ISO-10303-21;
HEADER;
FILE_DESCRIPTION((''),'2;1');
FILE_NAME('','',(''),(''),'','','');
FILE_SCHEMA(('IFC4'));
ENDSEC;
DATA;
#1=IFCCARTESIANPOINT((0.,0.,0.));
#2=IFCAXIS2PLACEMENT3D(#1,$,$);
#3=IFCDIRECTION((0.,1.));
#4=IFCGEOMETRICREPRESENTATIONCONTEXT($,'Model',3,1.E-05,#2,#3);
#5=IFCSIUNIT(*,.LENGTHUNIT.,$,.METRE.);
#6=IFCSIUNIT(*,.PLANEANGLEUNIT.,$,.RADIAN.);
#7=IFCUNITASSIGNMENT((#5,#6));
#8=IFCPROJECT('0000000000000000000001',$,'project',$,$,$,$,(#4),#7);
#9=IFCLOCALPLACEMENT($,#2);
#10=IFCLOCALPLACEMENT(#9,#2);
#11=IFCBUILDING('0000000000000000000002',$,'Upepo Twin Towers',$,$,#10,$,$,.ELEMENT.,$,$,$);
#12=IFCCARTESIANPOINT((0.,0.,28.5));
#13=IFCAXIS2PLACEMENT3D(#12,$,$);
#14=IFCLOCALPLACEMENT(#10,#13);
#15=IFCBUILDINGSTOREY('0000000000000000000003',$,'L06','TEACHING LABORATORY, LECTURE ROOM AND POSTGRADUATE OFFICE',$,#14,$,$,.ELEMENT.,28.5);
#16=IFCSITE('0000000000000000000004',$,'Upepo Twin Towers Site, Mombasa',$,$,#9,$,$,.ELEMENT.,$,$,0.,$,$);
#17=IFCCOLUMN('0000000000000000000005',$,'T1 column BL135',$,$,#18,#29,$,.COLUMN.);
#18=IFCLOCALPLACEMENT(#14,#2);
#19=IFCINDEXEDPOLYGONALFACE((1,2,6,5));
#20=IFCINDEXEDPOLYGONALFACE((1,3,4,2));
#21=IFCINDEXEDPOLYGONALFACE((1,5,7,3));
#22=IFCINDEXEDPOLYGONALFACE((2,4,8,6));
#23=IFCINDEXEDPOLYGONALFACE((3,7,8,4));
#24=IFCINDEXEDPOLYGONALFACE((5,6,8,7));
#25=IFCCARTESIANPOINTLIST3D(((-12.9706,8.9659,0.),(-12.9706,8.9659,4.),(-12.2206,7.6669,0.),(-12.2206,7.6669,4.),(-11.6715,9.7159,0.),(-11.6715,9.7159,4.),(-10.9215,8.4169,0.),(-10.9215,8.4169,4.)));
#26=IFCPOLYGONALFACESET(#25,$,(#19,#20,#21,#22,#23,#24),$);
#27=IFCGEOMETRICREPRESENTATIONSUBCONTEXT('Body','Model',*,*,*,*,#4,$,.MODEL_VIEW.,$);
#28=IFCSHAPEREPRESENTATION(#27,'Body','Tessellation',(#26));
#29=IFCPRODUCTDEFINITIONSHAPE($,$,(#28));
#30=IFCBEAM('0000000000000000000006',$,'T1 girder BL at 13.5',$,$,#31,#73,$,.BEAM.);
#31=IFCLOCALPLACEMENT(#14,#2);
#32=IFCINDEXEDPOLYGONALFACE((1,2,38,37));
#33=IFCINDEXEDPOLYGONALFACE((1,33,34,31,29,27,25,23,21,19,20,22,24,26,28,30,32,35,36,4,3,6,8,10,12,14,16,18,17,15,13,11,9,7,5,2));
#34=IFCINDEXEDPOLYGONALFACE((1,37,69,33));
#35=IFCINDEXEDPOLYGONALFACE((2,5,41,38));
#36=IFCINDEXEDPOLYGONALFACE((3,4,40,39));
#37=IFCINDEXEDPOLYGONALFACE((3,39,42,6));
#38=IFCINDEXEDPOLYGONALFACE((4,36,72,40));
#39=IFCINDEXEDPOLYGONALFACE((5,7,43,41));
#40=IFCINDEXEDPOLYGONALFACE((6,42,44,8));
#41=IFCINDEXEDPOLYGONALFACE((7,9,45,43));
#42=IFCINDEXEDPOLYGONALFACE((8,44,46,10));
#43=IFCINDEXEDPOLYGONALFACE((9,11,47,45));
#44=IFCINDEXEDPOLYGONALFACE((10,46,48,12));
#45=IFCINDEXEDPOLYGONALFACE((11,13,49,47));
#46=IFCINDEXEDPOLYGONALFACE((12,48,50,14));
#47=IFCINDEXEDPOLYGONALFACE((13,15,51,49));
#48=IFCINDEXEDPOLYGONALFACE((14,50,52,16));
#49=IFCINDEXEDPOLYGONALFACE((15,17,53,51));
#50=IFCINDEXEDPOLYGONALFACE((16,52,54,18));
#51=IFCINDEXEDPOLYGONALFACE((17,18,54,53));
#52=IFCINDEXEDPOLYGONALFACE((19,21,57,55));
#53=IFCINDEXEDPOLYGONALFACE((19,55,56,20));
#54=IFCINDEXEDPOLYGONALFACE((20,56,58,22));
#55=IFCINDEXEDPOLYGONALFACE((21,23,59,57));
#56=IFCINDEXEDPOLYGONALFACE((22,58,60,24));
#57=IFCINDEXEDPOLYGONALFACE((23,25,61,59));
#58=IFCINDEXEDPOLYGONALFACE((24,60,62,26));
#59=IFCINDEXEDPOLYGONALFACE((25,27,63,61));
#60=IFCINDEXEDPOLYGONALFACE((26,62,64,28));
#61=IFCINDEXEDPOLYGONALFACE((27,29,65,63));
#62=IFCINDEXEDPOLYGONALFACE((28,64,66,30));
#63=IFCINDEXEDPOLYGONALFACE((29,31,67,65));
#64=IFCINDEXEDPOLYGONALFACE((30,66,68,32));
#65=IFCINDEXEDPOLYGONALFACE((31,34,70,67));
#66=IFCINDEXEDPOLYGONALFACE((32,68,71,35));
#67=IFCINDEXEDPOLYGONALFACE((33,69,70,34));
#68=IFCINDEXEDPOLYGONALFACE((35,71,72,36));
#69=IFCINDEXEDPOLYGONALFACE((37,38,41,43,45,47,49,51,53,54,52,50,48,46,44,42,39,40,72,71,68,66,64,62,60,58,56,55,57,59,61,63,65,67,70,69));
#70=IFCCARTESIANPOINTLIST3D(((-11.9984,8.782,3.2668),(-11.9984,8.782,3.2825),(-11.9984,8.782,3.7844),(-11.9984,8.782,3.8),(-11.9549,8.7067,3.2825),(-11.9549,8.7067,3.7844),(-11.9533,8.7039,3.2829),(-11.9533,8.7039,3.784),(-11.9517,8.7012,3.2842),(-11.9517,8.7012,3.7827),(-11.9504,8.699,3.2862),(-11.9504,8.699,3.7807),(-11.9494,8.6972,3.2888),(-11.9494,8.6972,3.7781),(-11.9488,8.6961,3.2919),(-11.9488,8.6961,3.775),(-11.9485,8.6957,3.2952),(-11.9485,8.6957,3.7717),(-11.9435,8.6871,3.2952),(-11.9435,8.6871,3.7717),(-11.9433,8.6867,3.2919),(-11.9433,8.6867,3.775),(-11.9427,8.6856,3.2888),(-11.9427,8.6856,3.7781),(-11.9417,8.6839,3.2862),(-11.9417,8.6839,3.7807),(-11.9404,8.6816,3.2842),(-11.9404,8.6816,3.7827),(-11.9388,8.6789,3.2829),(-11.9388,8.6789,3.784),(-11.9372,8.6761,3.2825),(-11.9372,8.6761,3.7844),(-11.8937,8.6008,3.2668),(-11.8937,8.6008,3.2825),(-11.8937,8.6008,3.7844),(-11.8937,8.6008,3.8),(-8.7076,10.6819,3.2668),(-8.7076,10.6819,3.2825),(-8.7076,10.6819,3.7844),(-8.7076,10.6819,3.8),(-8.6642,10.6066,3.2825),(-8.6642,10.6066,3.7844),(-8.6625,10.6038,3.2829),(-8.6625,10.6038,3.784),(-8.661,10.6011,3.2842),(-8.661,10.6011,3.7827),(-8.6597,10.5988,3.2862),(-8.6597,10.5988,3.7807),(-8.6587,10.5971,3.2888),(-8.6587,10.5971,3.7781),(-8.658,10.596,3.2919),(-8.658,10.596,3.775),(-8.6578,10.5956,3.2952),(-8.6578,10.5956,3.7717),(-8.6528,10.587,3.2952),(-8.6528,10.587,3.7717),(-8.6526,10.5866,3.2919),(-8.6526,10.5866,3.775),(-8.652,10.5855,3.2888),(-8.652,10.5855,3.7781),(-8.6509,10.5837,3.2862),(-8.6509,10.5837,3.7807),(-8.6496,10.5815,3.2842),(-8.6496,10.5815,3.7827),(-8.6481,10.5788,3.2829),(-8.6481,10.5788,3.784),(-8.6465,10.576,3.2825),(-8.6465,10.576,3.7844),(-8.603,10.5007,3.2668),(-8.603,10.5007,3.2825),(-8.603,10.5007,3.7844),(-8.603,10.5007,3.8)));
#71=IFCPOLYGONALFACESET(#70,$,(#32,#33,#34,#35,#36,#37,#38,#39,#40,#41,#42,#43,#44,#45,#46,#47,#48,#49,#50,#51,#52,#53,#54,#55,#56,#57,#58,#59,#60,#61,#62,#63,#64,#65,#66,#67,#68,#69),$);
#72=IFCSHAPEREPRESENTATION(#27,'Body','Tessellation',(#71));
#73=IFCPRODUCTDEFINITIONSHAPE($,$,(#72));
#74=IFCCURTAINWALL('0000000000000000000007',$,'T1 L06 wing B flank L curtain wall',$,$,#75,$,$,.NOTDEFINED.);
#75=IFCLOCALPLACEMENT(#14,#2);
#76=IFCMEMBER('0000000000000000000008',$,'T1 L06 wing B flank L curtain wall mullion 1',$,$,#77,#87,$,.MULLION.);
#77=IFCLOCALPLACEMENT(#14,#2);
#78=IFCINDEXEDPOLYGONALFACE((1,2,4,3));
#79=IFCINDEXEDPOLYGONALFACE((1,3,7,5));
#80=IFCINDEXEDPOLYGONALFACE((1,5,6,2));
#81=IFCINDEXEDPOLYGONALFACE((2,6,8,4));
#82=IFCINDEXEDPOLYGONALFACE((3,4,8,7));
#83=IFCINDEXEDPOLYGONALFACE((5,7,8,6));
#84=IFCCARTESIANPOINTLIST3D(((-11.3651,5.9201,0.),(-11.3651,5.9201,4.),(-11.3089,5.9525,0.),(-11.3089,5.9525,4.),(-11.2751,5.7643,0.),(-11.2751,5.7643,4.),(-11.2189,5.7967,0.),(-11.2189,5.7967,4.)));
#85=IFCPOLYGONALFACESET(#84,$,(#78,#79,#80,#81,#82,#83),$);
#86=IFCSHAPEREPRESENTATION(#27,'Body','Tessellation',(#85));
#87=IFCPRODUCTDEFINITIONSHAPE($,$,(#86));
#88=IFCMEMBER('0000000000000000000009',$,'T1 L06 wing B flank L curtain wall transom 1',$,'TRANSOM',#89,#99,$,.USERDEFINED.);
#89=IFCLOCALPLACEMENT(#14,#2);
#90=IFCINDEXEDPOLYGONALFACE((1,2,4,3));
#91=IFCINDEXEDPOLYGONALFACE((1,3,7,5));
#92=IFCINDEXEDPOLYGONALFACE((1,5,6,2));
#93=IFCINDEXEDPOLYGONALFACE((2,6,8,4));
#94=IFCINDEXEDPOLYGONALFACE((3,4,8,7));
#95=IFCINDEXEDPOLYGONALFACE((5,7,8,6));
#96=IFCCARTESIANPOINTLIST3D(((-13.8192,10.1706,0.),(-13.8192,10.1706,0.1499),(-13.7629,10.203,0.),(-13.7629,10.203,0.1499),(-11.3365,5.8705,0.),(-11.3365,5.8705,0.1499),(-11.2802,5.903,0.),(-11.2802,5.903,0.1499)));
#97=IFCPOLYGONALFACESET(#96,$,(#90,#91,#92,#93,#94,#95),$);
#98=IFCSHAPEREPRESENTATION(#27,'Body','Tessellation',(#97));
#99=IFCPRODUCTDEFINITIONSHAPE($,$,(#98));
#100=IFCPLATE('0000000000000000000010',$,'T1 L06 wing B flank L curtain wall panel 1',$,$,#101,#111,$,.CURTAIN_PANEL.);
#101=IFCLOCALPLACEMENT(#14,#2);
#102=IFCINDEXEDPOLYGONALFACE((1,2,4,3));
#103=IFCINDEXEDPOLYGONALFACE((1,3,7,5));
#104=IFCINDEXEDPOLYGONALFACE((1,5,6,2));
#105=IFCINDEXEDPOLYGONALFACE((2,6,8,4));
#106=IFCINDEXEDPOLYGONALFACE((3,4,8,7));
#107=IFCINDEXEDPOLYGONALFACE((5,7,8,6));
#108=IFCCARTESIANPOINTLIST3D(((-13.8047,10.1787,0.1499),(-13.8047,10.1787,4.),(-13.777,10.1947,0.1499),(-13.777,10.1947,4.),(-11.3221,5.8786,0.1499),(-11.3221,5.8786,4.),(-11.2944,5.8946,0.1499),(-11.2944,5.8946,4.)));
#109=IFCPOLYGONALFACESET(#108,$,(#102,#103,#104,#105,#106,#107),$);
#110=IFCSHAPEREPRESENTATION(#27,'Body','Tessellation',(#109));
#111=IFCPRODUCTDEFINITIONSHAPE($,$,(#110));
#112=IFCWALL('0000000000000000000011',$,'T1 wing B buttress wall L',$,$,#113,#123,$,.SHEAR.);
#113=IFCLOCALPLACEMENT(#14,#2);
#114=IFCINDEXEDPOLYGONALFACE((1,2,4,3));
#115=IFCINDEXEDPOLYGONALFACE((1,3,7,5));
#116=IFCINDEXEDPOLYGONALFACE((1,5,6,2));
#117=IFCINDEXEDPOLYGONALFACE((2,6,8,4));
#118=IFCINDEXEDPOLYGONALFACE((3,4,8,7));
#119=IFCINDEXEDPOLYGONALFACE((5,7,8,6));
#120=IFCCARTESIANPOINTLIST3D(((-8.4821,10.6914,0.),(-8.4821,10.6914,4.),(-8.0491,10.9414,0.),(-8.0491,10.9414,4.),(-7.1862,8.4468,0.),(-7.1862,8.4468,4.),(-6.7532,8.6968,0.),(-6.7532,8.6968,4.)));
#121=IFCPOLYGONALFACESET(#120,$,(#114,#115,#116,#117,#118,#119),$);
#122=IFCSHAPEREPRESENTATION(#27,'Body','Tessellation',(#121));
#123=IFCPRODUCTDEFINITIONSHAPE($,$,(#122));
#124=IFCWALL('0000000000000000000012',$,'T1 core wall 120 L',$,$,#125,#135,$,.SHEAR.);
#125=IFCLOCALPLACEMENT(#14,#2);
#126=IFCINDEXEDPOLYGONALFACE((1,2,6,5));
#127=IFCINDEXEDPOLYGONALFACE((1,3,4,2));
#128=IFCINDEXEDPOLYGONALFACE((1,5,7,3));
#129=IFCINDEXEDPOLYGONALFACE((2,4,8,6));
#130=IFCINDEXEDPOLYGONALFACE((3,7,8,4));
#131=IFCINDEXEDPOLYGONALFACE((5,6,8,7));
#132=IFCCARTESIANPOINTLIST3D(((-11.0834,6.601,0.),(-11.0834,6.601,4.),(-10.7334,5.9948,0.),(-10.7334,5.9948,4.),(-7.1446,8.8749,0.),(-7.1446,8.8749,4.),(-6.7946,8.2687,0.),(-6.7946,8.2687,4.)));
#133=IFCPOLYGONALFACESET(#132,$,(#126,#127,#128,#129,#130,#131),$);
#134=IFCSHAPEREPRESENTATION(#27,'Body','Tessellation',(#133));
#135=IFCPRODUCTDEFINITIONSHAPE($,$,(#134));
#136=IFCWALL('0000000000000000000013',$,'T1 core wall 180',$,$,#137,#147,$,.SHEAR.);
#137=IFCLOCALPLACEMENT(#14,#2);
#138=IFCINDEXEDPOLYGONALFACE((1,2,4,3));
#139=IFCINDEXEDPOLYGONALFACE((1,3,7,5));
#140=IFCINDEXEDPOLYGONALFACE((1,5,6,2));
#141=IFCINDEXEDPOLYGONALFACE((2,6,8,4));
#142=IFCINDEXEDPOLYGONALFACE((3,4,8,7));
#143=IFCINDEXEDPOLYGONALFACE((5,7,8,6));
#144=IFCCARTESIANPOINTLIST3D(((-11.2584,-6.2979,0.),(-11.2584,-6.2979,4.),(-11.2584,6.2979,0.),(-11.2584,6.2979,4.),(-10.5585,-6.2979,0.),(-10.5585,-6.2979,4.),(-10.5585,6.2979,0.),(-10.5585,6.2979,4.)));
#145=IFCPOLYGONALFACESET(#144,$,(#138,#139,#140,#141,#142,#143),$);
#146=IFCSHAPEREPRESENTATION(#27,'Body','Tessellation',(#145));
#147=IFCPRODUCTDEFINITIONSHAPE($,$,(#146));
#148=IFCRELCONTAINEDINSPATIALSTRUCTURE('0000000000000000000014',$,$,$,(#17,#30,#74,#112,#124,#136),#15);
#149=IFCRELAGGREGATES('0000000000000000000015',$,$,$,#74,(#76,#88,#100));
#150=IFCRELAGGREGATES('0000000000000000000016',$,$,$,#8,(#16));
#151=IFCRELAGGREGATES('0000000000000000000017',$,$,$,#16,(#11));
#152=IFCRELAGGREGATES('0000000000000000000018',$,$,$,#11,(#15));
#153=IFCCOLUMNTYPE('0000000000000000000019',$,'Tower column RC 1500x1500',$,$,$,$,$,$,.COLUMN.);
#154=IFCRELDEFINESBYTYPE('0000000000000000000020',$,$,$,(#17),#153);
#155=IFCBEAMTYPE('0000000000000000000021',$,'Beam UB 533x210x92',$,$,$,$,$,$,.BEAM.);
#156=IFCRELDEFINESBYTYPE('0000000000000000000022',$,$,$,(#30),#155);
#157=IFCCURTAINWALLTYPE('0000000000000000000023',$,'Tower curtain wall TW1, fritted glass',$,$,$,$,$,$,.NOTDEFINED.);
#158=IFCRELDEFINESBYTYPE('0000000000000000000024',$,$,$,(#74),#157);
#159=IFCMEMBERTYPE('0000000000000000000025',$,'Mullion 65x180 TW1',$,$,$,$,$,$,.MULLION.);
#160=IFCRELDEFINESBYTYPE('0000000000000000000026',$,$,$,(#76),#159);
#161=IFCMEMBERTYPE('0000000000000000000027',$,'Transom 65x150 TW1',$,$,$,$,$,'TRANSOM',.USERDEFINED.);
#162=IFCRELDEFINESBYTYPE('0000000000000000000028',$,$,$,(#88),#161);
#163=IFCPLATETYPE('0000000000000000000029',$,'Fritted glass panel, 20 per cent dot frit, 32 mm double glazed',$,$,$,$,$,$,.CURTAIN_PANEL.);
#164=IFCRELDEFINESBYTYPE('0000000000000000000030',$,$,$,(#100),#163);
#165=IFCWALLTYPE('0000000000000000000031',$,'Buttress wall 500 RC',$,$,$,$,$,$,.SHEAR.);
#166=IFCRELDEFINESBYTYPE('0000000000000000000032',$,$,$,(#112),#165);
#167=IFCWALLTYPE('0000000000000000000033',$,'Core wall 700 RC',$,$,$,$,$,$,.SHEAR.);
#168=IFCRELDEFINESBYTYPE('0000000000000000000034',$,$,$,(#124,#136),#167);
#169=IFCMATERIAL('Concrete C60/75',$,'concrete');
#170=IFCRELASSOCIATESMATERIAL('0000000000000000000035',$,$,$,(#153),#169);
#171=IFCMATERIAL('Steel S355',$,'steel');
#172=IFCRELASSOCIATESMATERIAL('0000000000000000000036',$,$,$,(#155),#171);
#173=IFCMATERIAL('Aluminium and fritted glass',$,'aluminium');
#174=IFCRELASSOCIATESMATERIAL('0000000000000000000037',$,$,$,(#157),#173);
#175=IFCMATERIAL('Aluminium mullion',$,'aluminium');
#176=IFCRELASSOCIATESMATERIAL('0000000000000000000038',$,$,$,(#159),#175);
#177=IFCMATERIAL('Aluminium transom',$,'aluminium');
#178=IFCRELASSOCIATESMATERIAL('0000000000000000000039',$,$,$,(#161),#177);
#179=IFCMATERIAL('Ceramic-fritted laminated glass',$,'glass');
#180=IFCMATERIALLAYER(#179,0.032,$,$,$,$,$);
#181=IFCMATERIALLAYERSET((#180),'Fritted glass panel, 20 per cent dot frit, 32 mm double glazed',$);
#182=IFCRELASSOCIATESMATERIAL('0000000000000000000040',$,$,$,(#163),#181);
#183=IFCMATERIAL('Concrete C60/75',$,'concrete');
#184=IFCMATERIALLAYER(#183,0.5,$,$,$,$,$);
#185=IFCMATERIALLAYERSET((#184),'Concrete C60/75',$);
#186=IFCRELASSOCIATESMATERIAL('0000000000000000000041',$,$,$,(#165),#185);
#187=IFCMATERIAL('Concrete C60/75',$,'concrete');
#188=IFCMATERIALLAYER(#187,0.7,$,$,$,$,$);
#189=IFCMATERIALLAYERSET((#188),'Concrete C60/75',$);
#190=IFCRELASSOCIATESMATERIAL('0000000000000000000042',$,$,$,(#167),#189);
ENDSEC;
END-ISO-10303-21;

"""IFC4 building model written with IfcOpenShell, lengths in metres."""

from ifc_helpers import new_model, si_unit, direction, frame, frame_2d, origin, origin_2d, place, context, subcontext, project, spatial, rectangle, i_section, extrude, material, layer, layer_set, material_profile, profile_set, type_object, element, aggregate, save


model = new_model("IFC4")

# Units and contexts
model_context = context("Model", 3, precision=1e-05, world=origin(), true_north=direction((0.0, 1.0)))
body_context = subcontext(model_context, "Body", "Model", "MODEL_VIEW")
ifc_project = project(units=[si_unit("LENGTHUNIT", "METRE"), si_unit("PLANEANGLEUNIT", "RADIAN")], contexts=[model_context])

# Site, building, storey
site_placement = place(None, origin())
site = spatial("IfcSite", under=ifc_project, at=site_placement, Name="Upepo Twin Towers Site, Mombasa", CompositionType="ELEMENT", RefElevation=0.0)
building_placement = place(site_placement, origin())
building = spatial("IfcBuilding", under=site, at=building_placement, Name="Upepo Twin Towers", CompositionType="ELEMENT")
storey_placement = place(building_placement, frame((0.0, 0.0, 28.5)))
storey = spatial("IfcBuildingStorey", under=building, at=storey_placement, Name="L06", Description="TEACHING LABORATORY, LECTURE ROOM AND POSTGRADUATE OFFICE", CompositionType="ELEMENT", Elevation=28.5)

# Column
ifc_material_1 = material(Name="Concrete C60/75", Category="concrete")
ifc_material_profile_1 = material_profile(ifc_material_1, rectangle(XDim=1.5, YDim=1.5, at=origin_2d()), Name="RC 1500x1500")
ifc_profile_set_1 = profile_set([ifc_material_profile_1], Name="Concrete C60/75")
column_type = type_object("IfcColumnType", Name="Tower column RC 1500x1500", PredefinedType="COLUMN", material=ifc_profile_set_1)
column_placement = place(storey_placement, frame((-11.946, 8.6914, 0.0), z_axis=(0.0, 0.0, 1.0), x_axis=(0.866025, 0.5, 0.0)))
element("IfcColumn", 1, at=column_placement, inside=storey, type_object=column_type, Name="T1 column BL135", PredefinedType="COLUMN", context=body_context, shape_type="SweptSolid", body=[
    extrude(rectangle(XDim=1.5, YDim=1.5, at=origin_2d()), origin(), (0.0, 0.0, 1.0), 4.0),
])

# Beam
ifc_material_2 = material(Name="Steel S355", Category="steel")
ifc_material_profile_2 = material_profile(ifc_material_2, i_section(OverallWidth=0.2092, OverallDepth=0.5332, WebThickness=0.01, FlangeThickness=0.0156, FilletRadius=0.0127, at=origin_2d()), Name="UB 533x210x92")
ifc_profile_set_2 = profile_set([ifc_material_profile_2], Name="Steel S355")
beam_type = type_object("IfcBeamType", Name="Beam UB 533x210x92", PredefinedType="BEAM", material=ifc_profile_set_2)
beam_placement = place(storey_placement, frame((-11.946, 8.6914, 3.5334), z_axis=(0.866028, 0.499995, 0.0), x_axis=(-0.499995, 0.866028, 0.0)))
element("IfcBeam", 2, at=beam_placement, inside=storey, type_object=beam_type, Name="T1 girder BL at 13.5", PredefinedType="BEAM", context=body_context, shape_type="SweptSolid", body=[
    extrude(i_section(OverallWidth=0.2092, OverallDepth=0.5332, WebThickness=0.01, FlangeThickness=0.0156, FilletRadius=0.0127, at=origin_2d()), origin(), (0.0, 0.0, 1.0), 3.7998),
])

# Curtain wall, members, plate
ifc_material_3 = material(Name="Aluminium and fritted glass", Category="aluminium")
curtain_wall_type = type_object("IfcCurtainWallType", Name="Tower curtain wall TW1, fritted glass", PredefinedType="NOTDEFINED", material=ifc_material_3)
curtain_wall_placement = place(storey_placement, origin())
curtain_wall = element("IfcCurtainWall", 3, at=curtain_wall_placement, inside=storey, type_object=curtain_wall_type, Name="T1 L06 wing B flank L curtain wall", PredefinedType="NOTDEFINED")
ifc_material_4 = material(Name="Aluminium mullion", Category="aluminium")
ifc_material_profile_3 = material_profile(ifc_material_4, rectangle(XDim=0.0649, YDim=0.1799, at=origin_2d()), Name="MULLION 65x180")
ifc_profile_set_3 = profile_set([ifc_material_profile_3], Name="Aluminium mullion")
member_type_1 = type_object("IfcMemberType", Name="Mullion 65x180 TW1", PredefinedType="MULLION", material=ifc_profile_set_3)
member_1_placement = place(storey_placement, frame((-11.292, 5.8584, 0.0), z_axis=(0.0, 0.0, 1.0), x_axis=(-0.866025, -0.5, 0.0)))
member_1 = element("IfcMember", 4, at=member_1_placement, type_object=member_type_1, Name="T1 L06 wing B flank L curtain wall mullion 1", PredefinedType="MULLION", context=body_context, shape_type="SweptSolid", body=[
    extrude(rectangle(XDim=0.0649, YDim=0.1799, at=origin_2d()), origin(), (0.0, 0.0, 1.0), 4.0),
])
ifc_material_5 = material(Name="Aluminium transom", Category="aluminium")
ifc_material_profile_4 = material_profile(ifc_material_5, rectangle(XDim=0.0649, YDim=0.1499, at=origin_2d()), Name="TRANSOM 65x150")
ifc_profile_set_4 = profile_set([ifc_material_profile_4], Name="Aluminium transom")
member_type_2 = type_object("IfcMemberType", Name="Transom 65x150 TW1", ElementType="TRANSOM", PredefinedType="USERDEFINED", material=ifc_profile_set_4)
member_2_placement = place(storey_placement, frame((-11.3083, 5.8867, 0.075), z_axis=(-0.500005, 0.866023, 0.0), x_axis=(-0.866023, -0.500005, 0.0)))
member_2 = element("IfcMember", 5, at=member_2_placement, type_object=member_type_2, Name="T1 L06 wing B flank L curtain wall transom 1", ObjectType="TRANSOM", PredefinedType="USERDEFINED", context=body_context, shape_type="SweptSolid", body=[
    extrude(rectangle(XDim=0.0649, YDim=0.1499, at=origin_2d()), origin(), (0.0, 0.0, 1.0), 4.9653),
])
ifc_material_6 = material(Name="Ceramic-fritted laminated glass", Category="glass")
ifc_layer_1 = layer(ifc_material_6, 0.032)
ifc_layer_set_1 = layer_set([ifc_layer_1], Name="Fritted glass panel, 20 per cent dot frit, 32 mm double glazed")
plate_type = type_object("IfcPlateType", Name="Fritted glass panel, 20 per cent dot frit, 32 mm double glazed", PredefinedType="CURTAIN_PANEL", material=ifc_layer_set_1)
plate_placement = place(storey_placement, frame((-12.5496, 8.0366, 0.1499), z_axis=(0.0, 0.0, 1.0), x_axis=(-0.5, 0.866025, 0.0)))
plate = element("IfcPlate", 6, at=plate_placement, type_object=plate_type, Name="T1 L06 wing B flank L curtain wall panel 1", PredefinedType="CURTAIN_PANEL", context=body_context, shape_type="SweptSolid", body=[
    extrude(rectangle(XDim=4.9653, YDim=0.032, at=origin_2d()), origin(), (0.0, 0.0, 1.0), 3.8501),
])
aggregate(curtain_wall, [member_1, member_2, plate])

# Walls
ifc_material_7 = material(Name="Concrete C60/75", Category="concrete")
ifc_layer_2 = layer(ifc_material_7, 0.5)
ifc_layer_set_2 = layer_set([ifc_layer_2], Name="Concrete C60/75")
wall_type_1 = type_object("IfcWallType", Name="Buttress wall 500 RC", PredefinedType="SHEAR", material=ifc_layer_set_2)
wall_1_placement = place(storey_placement, frame((-6.9697, 8.5718, 0.0), z_axis=(0.0, 0.0, 1.0), x_axis=(-0.499989, 0.866032, 0.0)))
element("IfcWall", 7, at=wall_1_placement, inside=storey, type_object=wall_type_1, Name="T1 wing B buttress wall L", PredefinedType="SHEAR", context=body_context, shape_type="SweptSolid", body=[
    extrude(rectangle(XDim=2.5918, YDim=0.5, at=frame_2d((1.2959, 0.0))), origin(), (0.0, 0.0, 1.0), 4.0),
])
ifc_material_8 = material(Name="Concrete C60/75", Category="concrete")
ifc_layer_3 = layer(ifc_material_8, 0.7)
ifc_layer_set_3 = layer_set([ifc_layer_3], Name="Concrete C60/75")
wall_type_2 = type_object("IfcWallType", Name="Core wall 700 RC", PredefinedType="SHEAR", material=ifc_layer_set_3)
wall_2_placement = place(storey_placement, frame((-6.9697, 8.5718, 0.0), z_axis=(0.0, 0.0, 1.0), x_axis=(-0.866035, -0.499984, 0.0)))
element("IfcWall", 8, at=wall_2_placement, inside=storey, type_object=wall_type_2, Name="T1 core wall 120 L", PredefinedType="SHEAR", context=body_context, shape_type="SweptSolid", body=[
    extrude(rectangle(XDim=4.5481, YDim=0.7, at=frame_2d((2.2739, 0.0))), origin(), (0.0, 0.0, 1.0), 4.0),
])
wall_3_placement = place(storey_placement, frame((-10.9084, 6.2979, 0.0), z_axis=(0.0, 0.0, 1.0), x_axis=(0.0, -1.0, 0.0)))
element("IfcWall", 9, at=wall_3_placement, inside=storey, type_object=wall_type_2, Name="T1 core wall 180", PredefinedType="SHEAR", context=body_context, shape_type="SweptSolid", body=[
    extrude(rectangle(XDim=12.5957, YDim=0.7, at=frame_2d((6.2979, 0.0))), origin(), (0.0, 0.0, 1.0), 4.0),
])

save(model, "model.ifc")
